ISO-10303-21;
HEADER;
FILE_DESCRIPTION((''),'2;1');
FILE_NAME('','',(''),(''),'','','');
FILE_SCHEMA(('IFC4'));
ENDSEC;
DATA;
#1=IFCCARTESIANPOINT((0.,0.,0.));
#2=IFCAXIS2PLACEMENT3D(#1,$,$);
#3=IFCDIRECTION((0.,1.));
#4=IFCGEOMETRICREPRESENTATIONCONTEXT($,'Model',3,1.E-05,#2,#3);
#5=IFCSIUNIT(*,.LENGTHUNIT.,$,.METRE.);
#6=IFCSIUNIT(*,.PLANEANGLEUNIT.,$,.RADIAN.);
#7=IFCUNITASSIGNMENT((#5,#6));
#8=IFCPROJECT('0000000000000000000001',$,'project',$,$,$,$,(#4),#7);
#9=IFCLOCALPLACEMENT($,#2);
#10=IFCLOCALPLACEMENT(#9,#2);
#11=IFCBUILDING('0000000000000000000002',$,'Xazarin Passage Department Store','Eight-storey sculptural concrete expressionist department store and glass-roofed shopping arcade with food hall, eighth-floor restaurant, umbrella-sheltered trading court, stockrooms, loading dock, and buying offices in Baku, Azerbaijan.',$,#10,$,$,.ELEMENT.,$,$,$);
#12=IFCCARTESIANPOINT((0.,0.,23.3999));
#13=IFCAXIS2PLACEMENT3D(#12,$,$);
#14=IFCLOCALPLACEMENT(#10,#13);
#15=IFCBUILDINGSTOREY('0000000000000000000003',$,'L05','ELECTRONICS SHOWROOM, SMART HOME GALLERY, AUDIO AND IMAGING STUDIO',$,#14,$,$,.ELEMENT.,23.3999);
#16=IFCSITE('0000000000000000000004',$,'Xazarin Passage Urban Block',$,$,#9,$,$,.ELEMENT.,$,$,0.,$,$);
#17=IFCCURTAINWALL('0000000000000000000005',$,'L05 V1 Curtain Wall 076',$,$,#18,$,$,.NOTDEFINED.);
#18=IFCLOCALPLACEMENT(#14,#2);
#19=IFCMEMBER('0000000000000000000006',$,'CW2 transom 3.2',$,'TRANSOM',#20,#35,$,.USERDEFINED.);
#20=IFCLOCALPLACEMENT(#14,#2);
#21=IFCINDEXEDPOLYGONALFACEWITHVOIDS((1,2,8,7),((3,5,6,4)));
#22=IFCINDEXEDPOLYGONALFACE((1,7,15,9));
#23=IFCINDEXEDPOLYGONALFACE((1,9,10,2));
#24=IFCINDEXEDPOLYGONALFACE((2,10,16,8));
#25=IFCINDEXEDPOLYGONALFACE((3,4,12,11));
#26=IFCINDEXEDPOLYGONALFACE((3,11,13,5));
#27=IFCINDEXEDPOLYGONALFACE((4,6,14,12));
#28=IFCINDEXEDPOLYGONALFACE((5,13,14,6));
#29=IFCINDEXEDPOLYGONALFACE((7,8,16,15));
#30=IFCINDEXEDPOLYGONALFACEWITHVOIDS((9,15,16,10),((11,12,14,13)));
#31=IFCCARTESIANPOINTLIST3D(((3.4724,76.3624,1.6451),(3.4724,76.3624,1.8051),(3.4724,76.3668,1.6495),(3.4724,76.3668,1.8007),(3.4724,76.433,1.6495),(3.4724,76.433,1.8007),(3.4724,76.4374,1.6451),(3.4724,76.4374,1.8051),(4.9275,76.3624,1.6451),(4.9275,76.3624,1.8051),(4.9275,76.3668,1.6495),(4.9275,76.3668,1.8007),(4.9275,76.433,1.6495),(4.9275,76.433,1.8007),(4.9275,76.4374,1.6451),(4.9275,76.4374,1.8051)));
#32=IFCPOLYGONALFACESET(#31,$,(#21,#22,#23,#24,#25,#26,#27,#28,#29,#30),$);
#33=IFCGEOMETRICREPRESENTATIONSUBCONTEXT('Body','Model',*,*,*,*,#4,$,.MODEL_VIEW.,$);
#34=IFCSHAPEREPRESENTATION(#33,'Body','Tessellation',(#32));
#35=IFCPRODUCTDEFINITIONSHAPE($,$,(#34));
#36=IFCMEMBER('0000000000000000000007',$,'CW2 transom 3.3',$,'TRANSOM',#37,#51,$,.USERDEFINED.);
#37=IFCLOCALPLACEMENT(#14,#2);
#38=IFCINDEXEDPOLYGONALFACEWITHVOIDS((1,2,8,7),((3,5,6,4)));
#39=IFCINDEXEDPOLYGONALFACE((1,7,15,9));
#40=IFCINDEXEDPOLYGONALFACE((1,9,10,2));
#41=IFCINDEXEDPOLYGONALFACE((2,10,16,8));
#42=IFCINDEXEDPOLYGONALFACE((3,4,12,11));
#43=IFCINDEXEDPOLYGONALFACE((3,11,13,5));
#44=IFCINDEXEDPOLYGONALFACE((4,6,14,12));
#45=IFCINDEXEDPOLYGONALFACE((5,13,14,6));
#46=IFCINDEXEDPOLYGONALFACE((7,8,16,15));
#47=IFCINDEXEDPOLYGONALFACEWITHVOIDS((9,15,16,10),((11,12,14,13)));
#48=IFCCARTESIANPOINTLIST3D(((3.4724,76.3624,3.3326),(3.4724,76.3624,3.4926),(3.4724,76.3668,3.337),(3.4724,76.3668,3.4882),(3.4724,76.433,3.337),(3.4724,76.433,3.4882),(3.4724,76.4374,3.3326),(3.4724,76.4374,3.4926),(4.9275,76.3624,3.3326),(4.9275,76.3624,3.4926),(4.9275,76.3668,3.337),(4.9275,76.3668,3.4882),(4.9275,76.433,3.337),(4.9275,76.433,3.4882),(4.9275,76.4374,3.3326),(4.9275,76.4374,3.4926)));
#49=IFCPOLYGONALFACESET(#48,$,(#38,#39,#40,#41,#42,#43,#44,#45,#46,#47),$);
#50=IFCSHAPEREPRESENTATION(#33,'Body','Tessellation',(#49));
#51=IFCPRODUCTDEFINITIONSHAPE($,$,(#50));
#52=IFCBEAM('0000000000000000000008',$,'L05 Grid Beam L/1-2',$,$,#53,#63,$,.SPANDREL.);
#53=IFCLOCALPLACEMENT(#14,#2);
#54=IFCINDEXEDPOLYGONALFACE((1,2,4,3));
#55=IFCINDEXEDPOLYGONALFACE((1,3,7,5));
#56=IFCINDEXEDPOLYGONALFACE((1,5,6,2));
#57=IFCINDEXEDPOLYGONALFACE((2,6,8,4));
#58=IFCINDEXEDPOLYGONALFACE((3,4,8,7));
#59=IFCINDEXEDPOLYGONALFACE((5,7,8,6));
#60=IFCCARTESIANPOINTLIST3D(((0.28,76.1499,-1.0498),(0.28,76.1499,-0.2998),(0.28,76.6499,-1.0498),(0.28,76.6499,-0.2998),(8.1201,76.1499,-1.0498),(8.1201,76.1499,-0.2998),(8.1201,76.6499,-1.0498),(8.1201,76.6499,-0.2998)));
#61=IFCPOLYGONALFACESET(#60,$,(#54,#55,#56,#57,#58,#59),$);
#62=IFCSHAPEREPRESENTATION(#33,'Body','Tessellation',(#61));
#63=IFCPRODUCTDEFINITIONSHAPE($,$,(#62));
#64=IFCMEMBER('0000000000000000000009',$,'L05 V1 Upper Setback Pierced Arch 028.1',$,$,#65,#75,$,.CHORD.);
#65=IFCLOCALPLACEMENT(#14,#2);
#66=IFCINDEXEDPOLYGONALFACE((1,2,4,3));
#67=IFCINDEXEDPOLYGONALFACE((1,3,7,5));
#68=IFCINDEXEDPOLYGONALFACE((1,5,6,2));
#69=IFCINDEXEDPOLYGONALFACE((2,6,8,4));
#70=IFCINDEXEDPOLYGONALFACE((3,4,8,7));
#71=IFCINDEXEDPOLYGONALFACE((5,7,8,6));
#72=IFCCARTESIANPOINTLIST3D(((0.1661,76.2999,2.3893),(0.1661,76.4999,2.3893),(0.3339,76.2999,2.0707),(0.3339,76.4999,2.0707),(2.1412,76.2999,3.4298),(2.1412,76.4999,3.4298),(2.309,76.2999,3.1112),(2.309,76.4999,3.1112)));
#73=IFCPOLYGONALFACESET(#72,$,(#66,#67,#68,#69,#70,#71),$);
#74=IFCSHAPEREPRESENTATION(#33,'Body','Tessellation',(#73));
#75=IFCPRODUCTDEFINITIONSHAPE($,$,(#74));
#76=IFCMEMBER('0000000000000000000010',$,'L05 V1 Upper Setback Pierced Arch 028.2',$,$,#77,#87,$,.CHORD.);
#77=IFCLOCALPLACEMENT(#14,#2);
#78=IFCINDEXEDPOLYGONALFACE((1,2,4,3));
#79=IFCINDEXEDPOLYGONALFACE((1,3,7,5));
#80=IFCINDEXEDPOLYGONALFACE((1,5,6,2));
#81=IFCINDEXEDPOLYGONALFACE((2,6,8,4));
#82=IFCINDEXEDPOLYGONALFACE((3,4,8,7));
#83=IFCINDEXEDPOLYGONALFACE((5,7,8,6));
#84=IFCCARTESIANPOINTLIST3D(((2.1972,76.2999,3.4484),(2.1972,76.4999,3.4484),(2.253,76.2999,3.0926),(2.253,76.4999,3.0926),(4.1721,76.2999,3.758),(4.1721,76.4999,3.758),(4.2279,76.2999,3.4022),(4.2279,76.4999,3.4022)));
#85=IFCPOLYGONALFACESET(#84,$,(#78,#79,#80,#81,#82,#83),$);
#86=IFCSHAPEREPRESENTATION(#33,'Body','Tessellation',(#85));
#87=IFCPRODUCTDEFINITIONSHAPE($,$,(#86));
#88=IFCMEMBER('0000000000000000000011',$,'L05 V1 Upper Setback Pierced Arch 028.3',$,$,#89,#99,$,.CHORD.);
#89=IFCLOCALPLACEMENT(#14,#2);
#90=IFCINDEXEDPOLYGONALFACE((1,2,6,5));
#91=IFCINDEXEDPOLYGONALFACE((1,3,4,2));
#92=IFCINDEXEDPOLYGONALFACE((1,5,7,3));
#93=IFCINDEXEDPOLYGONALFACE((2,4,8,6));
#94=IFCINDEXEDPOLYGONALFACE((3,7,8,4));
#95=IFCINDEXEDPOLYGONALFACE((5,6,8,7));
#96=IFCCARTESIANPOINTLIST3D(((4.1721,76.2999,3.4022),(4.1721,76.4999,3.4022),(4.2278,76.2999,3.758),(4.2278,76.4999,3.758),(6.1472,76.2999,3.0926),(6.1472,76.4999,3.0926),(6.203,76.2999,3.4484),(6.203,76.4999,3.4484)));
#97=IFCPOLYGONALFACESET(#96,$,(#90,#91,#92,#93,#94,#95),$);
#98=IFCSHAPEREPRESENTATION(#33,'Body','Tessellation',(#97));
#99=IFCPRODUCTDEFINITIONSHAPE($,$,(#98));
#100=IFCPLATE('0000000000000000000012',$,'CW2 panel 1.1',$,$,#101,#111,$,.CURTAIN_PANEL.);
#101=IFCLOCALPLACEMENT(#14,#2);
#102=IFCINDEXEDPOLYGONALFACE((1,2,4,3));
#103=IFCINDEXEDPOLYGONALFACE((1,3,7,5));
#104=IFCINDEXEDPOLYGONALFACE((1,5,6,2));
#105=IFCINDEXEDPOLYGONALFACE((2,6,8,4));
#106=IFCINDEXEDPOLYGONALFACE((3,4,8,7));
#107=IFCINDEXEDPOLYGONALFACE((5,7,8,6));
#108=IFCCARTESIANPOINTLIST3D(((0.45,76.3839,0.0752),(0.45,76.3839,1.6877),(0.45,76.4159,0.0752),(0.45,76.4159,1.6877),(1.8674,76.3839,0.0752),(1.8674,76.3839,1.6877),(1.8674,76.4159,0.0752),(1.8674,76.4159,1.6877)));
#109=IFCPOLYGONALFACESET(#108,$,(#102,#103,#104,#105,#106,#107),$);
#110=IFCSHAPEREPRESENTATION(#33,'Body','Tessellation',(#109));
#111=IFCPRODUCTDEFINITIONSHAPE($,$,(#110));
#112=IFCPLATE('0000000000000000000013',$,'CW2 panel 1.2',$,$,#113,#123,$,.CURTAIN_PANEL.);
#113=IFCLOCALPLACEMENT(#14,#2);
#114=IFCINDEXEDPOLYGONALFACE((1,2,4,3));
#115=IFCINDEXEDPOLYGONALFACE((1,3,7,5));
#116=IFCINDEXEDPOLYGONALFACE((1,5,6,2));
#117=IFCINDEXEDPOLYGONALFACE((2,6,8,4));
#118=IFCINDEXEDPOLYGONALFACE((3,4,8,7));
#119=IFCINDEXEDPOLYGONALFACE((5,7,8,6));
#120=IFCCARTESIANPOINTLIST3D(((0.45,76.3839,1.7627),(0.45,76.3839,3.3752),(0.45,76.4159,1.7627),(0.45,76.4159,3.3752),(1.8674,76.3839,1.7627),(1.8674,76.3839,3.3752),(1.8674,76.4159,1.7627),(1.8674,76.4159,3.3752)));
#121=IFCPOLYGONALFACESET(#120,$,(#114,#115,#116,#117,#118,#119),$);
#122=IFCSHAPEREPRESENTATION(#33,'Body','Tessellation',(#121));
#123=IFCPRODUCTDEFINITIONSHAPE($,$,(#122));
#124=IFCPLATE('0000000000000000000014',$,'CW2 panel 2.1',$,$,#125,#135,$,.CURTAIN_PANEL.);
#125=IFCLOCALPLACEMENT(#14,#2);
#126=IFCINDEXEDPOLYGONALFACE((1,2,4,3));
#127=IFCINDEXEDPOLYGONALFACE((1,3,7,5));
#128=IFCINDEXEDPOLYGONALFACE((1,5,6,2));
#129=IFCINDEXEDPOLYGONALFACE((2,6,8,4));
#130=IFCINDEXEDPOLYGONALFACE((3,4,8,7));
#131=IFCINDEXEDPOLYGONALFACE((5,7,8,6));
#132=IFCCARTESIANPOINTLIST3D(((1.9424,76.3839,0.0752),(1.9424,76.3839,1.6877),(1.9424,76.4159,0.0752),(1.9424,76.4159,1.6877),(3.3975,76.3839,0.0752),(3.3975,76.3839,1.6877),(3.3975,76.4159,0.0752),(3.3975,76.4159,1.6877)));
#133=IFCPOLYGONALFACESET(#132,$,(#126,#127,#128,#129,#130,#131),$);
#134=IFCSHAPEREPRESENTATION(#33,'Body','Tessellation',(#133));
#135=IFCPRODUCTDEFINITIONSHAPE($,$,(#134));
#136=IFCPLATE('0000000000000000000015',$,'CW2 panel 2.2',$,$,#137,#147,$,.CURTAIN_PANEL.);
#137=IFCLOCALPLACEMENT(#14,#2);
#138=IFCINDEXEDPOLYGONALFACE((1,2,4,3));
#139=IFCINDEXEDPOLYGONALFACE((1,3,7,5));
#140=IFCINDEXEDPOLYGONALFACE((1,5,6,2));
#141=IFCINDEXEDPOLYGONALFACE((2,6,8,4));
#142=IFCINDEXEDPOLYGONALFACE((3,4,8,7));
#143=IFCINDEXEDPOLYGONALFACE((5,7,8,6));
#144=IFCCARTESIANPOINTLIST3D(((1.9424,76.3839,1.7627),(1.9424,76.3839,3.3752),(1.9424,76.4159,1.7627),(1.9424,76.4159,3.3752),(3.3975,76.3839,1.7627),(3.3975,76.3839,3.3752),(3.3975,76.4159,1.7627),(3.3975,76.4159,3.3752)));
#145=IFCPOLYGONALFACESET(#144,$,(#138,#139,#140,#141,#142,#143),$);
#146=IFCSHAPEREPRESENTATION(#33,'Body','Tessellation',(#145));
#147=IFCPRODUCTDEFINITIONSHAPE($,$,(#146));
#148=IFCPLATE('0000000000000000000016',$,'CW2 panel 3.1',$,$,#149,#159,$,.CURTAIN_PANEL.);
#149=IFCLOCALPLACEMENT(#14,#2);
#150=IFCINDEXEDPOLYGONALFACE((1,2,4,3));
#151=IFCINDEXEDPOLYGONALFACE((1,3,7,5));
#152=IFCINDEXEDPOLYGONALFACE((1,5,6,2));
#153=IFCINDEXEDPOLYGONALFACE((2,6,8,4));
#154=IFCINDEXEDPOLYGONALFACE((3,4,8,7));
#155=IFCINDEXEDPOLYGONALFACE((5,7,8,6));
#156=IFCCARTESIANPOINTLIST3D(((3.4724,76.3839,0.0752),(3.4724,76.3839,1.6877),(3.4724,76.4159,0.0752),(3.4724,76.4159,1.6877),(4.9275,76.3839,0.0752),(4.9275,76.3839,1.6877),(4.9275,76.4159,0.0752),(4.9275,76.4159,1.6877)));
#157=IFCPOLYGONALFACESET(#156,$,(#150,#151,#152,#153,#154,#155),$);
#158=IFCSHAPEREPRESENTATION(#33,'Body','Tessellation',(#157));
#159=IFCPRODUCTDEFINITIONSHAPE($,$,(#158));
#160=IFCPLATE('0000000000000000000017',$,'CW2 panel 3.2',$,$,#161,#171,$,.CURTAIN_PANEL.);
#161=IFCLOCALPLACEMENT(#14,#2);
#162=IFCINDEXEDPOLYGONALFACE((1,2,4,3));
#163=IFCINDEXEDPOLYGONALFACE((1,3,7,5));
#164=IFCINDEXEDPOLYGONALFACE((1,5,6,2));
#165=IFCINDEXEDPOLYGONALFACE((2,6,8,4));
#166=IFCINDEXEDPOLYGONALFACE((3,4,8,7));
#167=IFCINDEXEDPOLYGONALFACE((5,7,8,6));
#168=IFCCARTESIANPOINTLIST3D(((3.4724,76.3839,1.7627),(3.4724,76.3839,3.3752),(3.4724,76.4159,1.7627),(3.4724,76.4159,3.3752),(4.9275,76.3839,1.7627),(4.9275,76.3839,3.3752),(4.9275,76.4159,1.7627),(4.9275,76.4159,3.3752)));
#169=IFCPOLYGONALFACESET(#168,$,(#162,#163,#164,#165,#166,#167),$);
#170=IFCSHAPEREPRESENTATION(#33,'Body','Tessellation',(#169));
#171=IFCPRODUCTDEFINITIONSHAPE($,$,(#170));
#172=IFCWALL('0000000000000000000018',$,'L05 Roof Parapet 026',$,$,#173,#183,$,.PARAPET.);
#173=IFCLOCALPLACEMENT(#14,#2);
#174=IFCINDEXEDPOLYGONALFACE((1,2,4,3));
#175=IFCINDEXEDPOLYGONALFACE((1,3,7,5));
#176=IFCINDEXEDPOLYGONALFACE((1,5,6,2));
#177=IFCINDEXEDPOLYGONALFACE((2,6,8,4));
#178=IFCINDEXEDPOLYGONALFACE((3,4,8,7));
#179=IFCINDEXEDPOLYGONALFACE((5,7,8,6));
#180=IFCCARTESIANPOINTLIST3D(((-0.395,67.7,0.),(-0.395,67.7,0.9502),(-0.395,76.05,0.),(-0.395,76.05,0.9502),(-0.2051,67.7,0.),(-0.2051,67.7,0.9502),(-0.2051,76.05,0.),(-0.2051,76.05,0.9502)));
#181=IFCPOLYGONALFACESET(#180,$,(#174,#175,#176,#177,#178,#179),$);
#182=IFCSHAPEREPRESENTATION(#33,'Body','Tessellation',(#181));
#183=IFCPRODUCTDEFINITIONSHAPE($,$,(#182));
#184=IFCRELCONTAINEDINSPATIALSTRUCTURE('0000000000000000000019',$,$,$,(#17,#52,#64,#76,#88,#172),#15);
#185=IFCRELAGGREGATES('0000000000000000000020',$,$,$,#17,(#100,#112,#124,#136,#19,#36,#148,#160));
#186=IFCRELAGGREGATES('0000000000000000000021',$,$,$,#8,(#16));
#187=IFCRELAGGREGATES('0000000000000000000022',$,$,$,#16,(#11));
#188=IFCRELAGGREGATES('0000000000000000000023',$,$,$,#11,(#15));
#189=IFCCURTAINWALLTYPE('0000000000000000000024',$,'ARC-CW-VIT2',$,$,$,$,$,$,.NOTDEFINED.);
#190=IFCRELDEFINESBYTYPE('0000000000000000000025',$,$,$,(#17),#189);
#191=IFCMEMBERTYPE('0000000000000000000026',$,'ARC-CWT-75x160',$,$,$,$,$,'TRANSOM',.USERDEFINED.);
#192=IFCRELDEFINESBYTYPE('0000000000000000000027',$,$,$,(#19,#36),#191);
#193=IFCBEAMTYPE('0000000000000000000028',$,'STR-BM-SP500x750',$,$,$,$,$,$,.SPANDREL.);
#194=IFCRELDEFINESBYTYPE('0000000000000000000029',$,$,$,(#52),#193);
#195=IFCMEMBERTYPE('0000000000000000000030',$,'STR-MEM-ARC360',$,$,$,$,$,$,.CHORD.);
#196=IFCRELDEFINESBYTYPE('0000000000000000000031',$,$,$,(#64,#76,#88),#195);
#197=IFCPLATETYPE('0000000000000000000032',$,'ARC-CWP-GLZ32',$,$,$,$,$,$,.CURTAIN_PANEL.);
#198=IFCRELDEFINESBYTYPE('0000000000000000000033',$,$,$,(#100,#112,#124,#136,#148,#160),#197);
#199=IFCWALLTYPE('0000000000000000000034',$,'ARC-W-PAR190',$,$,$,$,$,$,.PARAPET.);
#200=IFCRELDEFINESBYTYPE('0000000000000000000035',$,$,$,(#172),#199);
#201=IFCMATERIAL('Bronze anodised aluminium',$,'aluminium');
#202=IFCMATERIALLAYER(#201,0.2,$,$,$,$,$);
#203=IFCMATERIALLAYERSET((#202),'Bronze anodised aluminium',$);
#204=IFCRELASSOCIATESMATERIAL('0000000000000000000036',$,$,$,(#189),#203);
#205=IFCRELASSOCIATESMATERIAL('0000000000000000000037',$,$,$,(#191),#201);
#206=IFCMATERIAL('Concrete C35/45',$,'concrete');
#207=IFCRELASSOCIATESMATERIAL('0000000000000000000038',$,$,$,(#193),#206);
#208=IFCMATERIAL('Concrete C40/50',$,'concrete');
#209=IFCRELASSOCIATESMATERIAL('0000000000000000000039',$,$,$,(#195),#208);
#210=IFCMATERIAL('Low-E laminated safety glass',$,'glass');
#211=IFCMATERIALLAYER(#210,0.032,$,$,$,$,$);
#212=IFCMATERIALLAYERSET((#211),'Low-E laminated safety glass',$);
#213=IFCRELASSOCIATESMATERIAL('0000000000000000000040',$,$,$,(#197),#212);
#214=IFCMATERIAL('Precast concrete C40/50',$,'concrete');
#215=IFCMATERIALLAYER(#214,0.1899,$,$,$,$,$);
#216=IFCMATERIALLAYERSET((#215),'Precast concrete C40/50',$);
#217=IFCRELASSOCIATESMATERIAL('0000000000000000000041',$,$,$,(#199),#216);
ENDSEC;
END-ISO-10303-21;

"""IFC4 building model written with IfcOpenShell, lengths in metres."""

from ifc_helpers import new_model, si_unit, direction, frame, frame_2d, origin, origin_2d, place, context, subcontext, project, spatial, rectangle, hollow_rectangle, extrude, material, layer, layer_set, material_profile, profile_set, type_object, element, aggregate, save


model = new_model("IFC4")

# Units and contexts
model_context = context("Model", 3, precision=1e-05, world=origin(), true_north=direction((0.0, 1.0)))
body_context = subcontext(model_context, "Body", "Model", "MODEL_VIEW")
ifc_project = project(units=[si_unit("LENGTHUNIT", "METRE"), si_unit("PLANEANGLEUNIT", "RADIAN")], contexts=[model_context])

# Site, building, storey
site_placement = place(None, origin())
site = spatial("IfcSite", under=ifc_project, at=site_placement, Name="Xazarin Passage Urban Block", CompositionType="ELEMENT", RefElevation=0.0)
building_placement = place(site_placement, origin())
building = spatial("IfcBuilding", under=site, at=building_placement, Name="Xazarin Passage Department Store", Description="Eight-storey sculptural concrete expressionist department store and glass-roofed shopping arcade with food hall, eighth-floor restaurant, umbrella-sheltered trading court, stockrooms, loading dock, and buying offices in Baku, Azerbaijan.", CompositionType="ELEMENT")
storey_placement = place(building_placement, frame((0.0, 0.0, 23.3999)))
storey = spatial("IfcBuildingStorey", under=building, at=storey_placement, Name="L05", Description="ELECTRONICS SHOWROOM, SMART HOME GALLERY, AUDIO AND IMAGING STUDIO", CompositionType="ELEMENT", Elevation=23.3999)

# Shared definitions
ifc_material_1 = material(Name="Concrete C40/50", Category="concrete")

# Curtain wall, members
ifc_material_2 = material(Name="Bronze anodised aluminium", Category="aluminium")
ifc_layer_1 = layer(ifc_material_2, 0.2)
ifc_layer_set_1 = layer_set([ifc_layer_1], Name="Bronze anodised aluminium")
curtain_wall_type = type_object("IfcCurtainWallType", Name="ARC-CW-VIT2", PredefinedType="NOTDEFINED", material=ifc_layer_set_1)
curtain_wall_placement = place(storey_placement, origin())
curtain_wall = element("IfcCurtainWall", 1, at=curtain_wall_placement, inside=storey, type_object=curtain_wall_type, Name="L05 V1 Curtain Wall 076", PredefinedType="NOTDEFINED")
ifc_material_profile_1 = material_profile(ifc_material_2, hollow_rectangle(XDim=0.075, YDim=0.1599, WallThickness=0.0044, at=origin_2d()), Name="ALU 75x160")
ifc_profile_set_1 = profile_set([ifc_material_profile_1], Name="Bronze anodised aluminium")
member_type_1 = type_object("IfcMemberType", Name="ARC-CWT-75x160", ElementType="TRANSOM", PredefinedType="USERDEFINED", material=ifc_profile_set_1)
member_1_placement = place(storey_placement, frame((3.4724, 76.3999, 1.7251), z_axis=(1.0, 0.0, 0.0), x_axis=(0.0, 1.0, 0.0)))
member_1 = element("IfcMember", 2, at=member_1_placement, type_object=member_type_1, Name="CW2 transom 3.2", ObjectType="TRANSOM", PredefinedType="USERDEFINED", context=body_context, shape_type="SweptSolid", body=[
    extrude(hollow_rectangle(XDim=0.075, YDim=0.1599, WallThickness=0.0044, at=origin_2d()), origin(), (0.0, 0.0, 1.0), 1.4551),
])
member_2_placement = place(storey_placement, frame((3.4724, 76.3999, 3.4126), z_axis=(1.0, 0.0, 0.0), x_axis=(0.0, 1.0, 0.0)))
member_2 = element("IfcMember", 3, at=member_2_placement, type_object=member_type_1, Name="CW2 transom 3.3", ObjectType="TRANSOM", PredefinedType="USERDEFINED", context=body_context, shape_type="SweptSolid", body=[
    extrude(hollow_rectangle(XDim=0.075, YDim=0.1599, WallThickness=0.0044, at=origin_2d()), origin(), (0.0, 0.0, 1.0), 1.4551),
])

# Beam
ifc_material_3 = material(Name="Concrete C35/45", Category="concrete")
ifc_material_profile_2 = material_profile(ifc_material_3, rectangle(XDim=0.5, YDim=0.75, at=origin_2d()), Name="RC 500x750")
ifc_profile_set_2 = profile_set([ifc_material_profile_2], Name="Concrete C35/45")
beam_type = type_object("IfcBeamType", Name="STR-BM-SP500x750", PredefinedType="SPANDREL", material=ifc_profile_set_2)
beam_placement = place(storey_placement, frame((0.28, 76.3999, -0.6748), z_axis=(1.0, 0.0, 0.0), x_axis=(0.0, 1.0, 0.0)))
element("IfcBeam", 4, at=beam_placement, inside=storey, type_object=beam_type, Name="L05 Grid Beam L/1-2", PredefinedType="SPANDREL", context=body_context, shape_type="SweptSolid", body=[
    extrude(rectangle(XDim=0.5, YDim=0.75, at=origin_2d()), origin(), (0.0, 0.0, 1.0), 7.8401),
])

# Members
ifc_material_profile_3 = material_profile(ifc_material_1, rectangle(XDim=0.2, YDim=0.3601, at=origin_2d()), Name="RC 200x360")
ifc_profile_set_3 = profile_set([ifc_material_profile_3], Name="Concrete C40/50")
member_type_2 = type_object("IfcMemberType", Name="STR-MEM-ARC360", PredefinedType="CHORD", material=ifc_profile_set_3)
member_3_placement = place(storey_placement, frame((0.25, 76.3999, 2.23), z_axis=(0.884733, 0.0, 0.466098), x_axis=(0.0, 1.0, 0.0)))
element("IfcMember", 5, at=member_3_placement, inside=storey, type_object=member_type_2, Name="L05 V1 Upper Setback Pierced Arch 028.1", PredefinedType="CHORD", context=body_context, shape_type="SweptSolid", body=[
    extrude(rectangle(XDim=0.2, YDim=0.3601, at=origin_2d()), origin(), (0.0, 0.0, 1.0), 2.2324),
])
member_4_placement = place(storey_placement, frame((2.2251, 76.3999, 3.2705), z_axis=(0.987936, 0.0, 0.154865), x_axis=(0.0, 1.0, 0.0)))
element("IfcMember", 6, at=member_4_placement, inside=storey, type_object=member_type_2, Name="L05 V1 Upper Setback Pierced Arch 028.2", PredefinedType="CHORD", context=body_context, shape_type="SweptSolid", body=[
    extrude(rectangle(XDim=0.2, YDim=0.3601, at=origin_2d()), origin(), (0.0, 0.0, 1.0), 1.999),
])
member_5_placement = place(storey_placement, frame((4.2, 76.3999, 3.5801), z_axis=(0.987939, 0.0, -0.154846), x_axis=(0.0, 1.0, 0.0)))
element("IfcMember", 7, at=member_5_placement, inside=storey, type_object=member_type_2, Name="L05 V1 Upper Setback Pierced Arch 028.3", PredefinedType="CHORD", context=body_context, shape_type="SweptSolid", body=[
    extrude(rectangle(XDim=0.2, YDim=0.3601, at=origin_2d()), origin(), (0.0, 0.0, 1.0), 1.9993),
])

# Plates
ifc_material_4 = material(Name="Low-E laminated safety glass", Category="glass")
ifc_layer_2 = layer(ifc_material_4, 0.032)
ifc_layer_set_2 = layer_set([ifc_layer_2], Name="Low-E laminated safety glass")
plate_type = type_object("IfcPlateType", Name="ARC-CWP-GLZ32", PredefinedType="CURTAIN_PANEL", material=ifc_layer_set_2)
plate_1_placement = place(storey_placement, frame((1.1587, 76.3999, 0.0752), z_axis=(0.0, 0.0, 1.0), x_axis=(1.0, 0.0, 0.0)))
plate_1 = element("IfcPlate", 8, at=plate_1_placement, type_object=plate_type, Name="CW2 panel 1.1", PredefinedType="CURTAIN_PANEL", context=body_context, shape_type="SweptSolid", body=[
    extrude(rectangle(XDim=1.4175, YDim=0.032, at=origin_2d()), origin(), (0.0, 0.0, 1.0), 1.6125),
])
plate_2_placement = place(storey_placement, frame((1.1587, 76.3999, 1.7627), z_axis=(0.0, 0.0, 1.0), x_axis=(1.0, 0.0, 0.0)))
plate_2 = element("IfcPlate", 9, at=plate_2_placement, type_object=plate_type, Name="CW2 panel 1.2", PredefinedType="CURTAIN_PANEL", context=body_context, shape_type="SweptSolid", body=[
    extrude(rectangle(XDim=1.4175, YDim=0.032, at=origin_2d()), origin(), (0.0, 0.0, 1.0), 1.6125),
])
plate_3_placement = place(storey_placement, frame((2.6699, 76.3999, 0.0752), z_axis=(0.0, 0.0, 1.0), x_axis=(1.0, 0.0, 0.0)))
plate_3 = element("IfcPlate", 10, at=plate_3_placement, type_object=plate_type, Name="CW2 panel 2.1", PredefinedType="CURTAIN_PANEL", context=body_context, shape_type="SweptSolid", body=[
    extrude(rectangle(XDim=1.4551, YDim=0.032, at=origin_2d()), origin(), (0.0, 0.0, 1.0), 1.6125),
])
plate_4_placement = place(storey_placement, frame((2.6699, 76.3999, 1.7627), z_axis=(0.0, 0.0, 1.0), x_axis=(1.0, 0.0, 0.0)))
plate_4 = element("IfcPlate", 11, at=plate_4_placement, type_object=plate_type, Name="CW2 panel 2.2", PredefinedType="CURTAIN_PANEL", context=body_context, shape_type="SweptSolid", body=[
    extrude(rectangle(XDim=1.4551, YDim=0.032, at=origin_2d()), origin(), (0.0, 0.0, 1.0), 1.6125),
])
plate_5_placement = place(storey_placement, frame((4.2, 76.3999, 0.0752), z_axis=(0.0, 0.0, 1.0), x_axis=(1.0, 0.0, 0.0)))
plate_5 = element("IfcPlate", 12, at=plate_5_placement, type_object=plate_type, Name="CW2 panel 3.1", PredefinedType="CURTAIN_PANEL", context=body_context, shape_type="SweptSolid", body=[
    extrude(rectangle(XDim=1.4551, YDim=0.032, at=origin_2d()), origin(), (0.0, 0.0, 1.0), 1.6125),
])
plate_6_placement = place(storey_placement, frame((4.2, 76.3999, 1.7627), z_axis=(0.0, 0.0, 1.0), x_axis=(1.0, 0.0, 0.0)))
plate_6 = element("IfcPlate", 13, at=plate_6_placement, type_object=plate_type, Name="CW2 panel 3.2", PredefinedType="CURTAIN_PANEL", context=body_context, shape_type="SweptSolid", body=[
    extrude(rectangle(XDim=1.4551, YDim=0.032, at=origin_2d()), origin(), (0.0, 0.0, 1.0), 1.6125),
])
aggregate(curtain_wall, [plate_1, plate_2, plate_3, plate_4, member_1, member_2, plate_5, plate_6])

# Wall
ifc_material_5 = material(Name="Precast concrete C40/50", Category="concrete")
ifc_layer_3 = layer(ifc_material_5, 0.1899)
ifc_layer_set_3 = layer_set([ifc_layer_3], Name="Precast concrete C40/50")
wall_type = type_object("IfcWallType", Name="ARC-W-PAR190", PredefinedType="PARAPET", material=ifc_layer_set_3)
wall_placement = place(storey_placement, frame((-0.3, 76.05, 0.0), z_axis=(0.0, 0.0, 1.0), x_axis=(0.0, -1.0, 0.0)))
element("IfcWall", 14, at=wall_placement, inside=storey, type_object=wall_type, Name="L05 Roof Parapet 026", PredefinedType="PARAPET", context=body_context, shape_type="SweptSolid", body=[
    extrude(rectangle(XDim=8.3501, YDim=0.1899, at=frame_2d((4.175, 0.0))), origin(), (0.0, 0.0, 1.0), 0.9502),
])

save(model, "model.ifc")
